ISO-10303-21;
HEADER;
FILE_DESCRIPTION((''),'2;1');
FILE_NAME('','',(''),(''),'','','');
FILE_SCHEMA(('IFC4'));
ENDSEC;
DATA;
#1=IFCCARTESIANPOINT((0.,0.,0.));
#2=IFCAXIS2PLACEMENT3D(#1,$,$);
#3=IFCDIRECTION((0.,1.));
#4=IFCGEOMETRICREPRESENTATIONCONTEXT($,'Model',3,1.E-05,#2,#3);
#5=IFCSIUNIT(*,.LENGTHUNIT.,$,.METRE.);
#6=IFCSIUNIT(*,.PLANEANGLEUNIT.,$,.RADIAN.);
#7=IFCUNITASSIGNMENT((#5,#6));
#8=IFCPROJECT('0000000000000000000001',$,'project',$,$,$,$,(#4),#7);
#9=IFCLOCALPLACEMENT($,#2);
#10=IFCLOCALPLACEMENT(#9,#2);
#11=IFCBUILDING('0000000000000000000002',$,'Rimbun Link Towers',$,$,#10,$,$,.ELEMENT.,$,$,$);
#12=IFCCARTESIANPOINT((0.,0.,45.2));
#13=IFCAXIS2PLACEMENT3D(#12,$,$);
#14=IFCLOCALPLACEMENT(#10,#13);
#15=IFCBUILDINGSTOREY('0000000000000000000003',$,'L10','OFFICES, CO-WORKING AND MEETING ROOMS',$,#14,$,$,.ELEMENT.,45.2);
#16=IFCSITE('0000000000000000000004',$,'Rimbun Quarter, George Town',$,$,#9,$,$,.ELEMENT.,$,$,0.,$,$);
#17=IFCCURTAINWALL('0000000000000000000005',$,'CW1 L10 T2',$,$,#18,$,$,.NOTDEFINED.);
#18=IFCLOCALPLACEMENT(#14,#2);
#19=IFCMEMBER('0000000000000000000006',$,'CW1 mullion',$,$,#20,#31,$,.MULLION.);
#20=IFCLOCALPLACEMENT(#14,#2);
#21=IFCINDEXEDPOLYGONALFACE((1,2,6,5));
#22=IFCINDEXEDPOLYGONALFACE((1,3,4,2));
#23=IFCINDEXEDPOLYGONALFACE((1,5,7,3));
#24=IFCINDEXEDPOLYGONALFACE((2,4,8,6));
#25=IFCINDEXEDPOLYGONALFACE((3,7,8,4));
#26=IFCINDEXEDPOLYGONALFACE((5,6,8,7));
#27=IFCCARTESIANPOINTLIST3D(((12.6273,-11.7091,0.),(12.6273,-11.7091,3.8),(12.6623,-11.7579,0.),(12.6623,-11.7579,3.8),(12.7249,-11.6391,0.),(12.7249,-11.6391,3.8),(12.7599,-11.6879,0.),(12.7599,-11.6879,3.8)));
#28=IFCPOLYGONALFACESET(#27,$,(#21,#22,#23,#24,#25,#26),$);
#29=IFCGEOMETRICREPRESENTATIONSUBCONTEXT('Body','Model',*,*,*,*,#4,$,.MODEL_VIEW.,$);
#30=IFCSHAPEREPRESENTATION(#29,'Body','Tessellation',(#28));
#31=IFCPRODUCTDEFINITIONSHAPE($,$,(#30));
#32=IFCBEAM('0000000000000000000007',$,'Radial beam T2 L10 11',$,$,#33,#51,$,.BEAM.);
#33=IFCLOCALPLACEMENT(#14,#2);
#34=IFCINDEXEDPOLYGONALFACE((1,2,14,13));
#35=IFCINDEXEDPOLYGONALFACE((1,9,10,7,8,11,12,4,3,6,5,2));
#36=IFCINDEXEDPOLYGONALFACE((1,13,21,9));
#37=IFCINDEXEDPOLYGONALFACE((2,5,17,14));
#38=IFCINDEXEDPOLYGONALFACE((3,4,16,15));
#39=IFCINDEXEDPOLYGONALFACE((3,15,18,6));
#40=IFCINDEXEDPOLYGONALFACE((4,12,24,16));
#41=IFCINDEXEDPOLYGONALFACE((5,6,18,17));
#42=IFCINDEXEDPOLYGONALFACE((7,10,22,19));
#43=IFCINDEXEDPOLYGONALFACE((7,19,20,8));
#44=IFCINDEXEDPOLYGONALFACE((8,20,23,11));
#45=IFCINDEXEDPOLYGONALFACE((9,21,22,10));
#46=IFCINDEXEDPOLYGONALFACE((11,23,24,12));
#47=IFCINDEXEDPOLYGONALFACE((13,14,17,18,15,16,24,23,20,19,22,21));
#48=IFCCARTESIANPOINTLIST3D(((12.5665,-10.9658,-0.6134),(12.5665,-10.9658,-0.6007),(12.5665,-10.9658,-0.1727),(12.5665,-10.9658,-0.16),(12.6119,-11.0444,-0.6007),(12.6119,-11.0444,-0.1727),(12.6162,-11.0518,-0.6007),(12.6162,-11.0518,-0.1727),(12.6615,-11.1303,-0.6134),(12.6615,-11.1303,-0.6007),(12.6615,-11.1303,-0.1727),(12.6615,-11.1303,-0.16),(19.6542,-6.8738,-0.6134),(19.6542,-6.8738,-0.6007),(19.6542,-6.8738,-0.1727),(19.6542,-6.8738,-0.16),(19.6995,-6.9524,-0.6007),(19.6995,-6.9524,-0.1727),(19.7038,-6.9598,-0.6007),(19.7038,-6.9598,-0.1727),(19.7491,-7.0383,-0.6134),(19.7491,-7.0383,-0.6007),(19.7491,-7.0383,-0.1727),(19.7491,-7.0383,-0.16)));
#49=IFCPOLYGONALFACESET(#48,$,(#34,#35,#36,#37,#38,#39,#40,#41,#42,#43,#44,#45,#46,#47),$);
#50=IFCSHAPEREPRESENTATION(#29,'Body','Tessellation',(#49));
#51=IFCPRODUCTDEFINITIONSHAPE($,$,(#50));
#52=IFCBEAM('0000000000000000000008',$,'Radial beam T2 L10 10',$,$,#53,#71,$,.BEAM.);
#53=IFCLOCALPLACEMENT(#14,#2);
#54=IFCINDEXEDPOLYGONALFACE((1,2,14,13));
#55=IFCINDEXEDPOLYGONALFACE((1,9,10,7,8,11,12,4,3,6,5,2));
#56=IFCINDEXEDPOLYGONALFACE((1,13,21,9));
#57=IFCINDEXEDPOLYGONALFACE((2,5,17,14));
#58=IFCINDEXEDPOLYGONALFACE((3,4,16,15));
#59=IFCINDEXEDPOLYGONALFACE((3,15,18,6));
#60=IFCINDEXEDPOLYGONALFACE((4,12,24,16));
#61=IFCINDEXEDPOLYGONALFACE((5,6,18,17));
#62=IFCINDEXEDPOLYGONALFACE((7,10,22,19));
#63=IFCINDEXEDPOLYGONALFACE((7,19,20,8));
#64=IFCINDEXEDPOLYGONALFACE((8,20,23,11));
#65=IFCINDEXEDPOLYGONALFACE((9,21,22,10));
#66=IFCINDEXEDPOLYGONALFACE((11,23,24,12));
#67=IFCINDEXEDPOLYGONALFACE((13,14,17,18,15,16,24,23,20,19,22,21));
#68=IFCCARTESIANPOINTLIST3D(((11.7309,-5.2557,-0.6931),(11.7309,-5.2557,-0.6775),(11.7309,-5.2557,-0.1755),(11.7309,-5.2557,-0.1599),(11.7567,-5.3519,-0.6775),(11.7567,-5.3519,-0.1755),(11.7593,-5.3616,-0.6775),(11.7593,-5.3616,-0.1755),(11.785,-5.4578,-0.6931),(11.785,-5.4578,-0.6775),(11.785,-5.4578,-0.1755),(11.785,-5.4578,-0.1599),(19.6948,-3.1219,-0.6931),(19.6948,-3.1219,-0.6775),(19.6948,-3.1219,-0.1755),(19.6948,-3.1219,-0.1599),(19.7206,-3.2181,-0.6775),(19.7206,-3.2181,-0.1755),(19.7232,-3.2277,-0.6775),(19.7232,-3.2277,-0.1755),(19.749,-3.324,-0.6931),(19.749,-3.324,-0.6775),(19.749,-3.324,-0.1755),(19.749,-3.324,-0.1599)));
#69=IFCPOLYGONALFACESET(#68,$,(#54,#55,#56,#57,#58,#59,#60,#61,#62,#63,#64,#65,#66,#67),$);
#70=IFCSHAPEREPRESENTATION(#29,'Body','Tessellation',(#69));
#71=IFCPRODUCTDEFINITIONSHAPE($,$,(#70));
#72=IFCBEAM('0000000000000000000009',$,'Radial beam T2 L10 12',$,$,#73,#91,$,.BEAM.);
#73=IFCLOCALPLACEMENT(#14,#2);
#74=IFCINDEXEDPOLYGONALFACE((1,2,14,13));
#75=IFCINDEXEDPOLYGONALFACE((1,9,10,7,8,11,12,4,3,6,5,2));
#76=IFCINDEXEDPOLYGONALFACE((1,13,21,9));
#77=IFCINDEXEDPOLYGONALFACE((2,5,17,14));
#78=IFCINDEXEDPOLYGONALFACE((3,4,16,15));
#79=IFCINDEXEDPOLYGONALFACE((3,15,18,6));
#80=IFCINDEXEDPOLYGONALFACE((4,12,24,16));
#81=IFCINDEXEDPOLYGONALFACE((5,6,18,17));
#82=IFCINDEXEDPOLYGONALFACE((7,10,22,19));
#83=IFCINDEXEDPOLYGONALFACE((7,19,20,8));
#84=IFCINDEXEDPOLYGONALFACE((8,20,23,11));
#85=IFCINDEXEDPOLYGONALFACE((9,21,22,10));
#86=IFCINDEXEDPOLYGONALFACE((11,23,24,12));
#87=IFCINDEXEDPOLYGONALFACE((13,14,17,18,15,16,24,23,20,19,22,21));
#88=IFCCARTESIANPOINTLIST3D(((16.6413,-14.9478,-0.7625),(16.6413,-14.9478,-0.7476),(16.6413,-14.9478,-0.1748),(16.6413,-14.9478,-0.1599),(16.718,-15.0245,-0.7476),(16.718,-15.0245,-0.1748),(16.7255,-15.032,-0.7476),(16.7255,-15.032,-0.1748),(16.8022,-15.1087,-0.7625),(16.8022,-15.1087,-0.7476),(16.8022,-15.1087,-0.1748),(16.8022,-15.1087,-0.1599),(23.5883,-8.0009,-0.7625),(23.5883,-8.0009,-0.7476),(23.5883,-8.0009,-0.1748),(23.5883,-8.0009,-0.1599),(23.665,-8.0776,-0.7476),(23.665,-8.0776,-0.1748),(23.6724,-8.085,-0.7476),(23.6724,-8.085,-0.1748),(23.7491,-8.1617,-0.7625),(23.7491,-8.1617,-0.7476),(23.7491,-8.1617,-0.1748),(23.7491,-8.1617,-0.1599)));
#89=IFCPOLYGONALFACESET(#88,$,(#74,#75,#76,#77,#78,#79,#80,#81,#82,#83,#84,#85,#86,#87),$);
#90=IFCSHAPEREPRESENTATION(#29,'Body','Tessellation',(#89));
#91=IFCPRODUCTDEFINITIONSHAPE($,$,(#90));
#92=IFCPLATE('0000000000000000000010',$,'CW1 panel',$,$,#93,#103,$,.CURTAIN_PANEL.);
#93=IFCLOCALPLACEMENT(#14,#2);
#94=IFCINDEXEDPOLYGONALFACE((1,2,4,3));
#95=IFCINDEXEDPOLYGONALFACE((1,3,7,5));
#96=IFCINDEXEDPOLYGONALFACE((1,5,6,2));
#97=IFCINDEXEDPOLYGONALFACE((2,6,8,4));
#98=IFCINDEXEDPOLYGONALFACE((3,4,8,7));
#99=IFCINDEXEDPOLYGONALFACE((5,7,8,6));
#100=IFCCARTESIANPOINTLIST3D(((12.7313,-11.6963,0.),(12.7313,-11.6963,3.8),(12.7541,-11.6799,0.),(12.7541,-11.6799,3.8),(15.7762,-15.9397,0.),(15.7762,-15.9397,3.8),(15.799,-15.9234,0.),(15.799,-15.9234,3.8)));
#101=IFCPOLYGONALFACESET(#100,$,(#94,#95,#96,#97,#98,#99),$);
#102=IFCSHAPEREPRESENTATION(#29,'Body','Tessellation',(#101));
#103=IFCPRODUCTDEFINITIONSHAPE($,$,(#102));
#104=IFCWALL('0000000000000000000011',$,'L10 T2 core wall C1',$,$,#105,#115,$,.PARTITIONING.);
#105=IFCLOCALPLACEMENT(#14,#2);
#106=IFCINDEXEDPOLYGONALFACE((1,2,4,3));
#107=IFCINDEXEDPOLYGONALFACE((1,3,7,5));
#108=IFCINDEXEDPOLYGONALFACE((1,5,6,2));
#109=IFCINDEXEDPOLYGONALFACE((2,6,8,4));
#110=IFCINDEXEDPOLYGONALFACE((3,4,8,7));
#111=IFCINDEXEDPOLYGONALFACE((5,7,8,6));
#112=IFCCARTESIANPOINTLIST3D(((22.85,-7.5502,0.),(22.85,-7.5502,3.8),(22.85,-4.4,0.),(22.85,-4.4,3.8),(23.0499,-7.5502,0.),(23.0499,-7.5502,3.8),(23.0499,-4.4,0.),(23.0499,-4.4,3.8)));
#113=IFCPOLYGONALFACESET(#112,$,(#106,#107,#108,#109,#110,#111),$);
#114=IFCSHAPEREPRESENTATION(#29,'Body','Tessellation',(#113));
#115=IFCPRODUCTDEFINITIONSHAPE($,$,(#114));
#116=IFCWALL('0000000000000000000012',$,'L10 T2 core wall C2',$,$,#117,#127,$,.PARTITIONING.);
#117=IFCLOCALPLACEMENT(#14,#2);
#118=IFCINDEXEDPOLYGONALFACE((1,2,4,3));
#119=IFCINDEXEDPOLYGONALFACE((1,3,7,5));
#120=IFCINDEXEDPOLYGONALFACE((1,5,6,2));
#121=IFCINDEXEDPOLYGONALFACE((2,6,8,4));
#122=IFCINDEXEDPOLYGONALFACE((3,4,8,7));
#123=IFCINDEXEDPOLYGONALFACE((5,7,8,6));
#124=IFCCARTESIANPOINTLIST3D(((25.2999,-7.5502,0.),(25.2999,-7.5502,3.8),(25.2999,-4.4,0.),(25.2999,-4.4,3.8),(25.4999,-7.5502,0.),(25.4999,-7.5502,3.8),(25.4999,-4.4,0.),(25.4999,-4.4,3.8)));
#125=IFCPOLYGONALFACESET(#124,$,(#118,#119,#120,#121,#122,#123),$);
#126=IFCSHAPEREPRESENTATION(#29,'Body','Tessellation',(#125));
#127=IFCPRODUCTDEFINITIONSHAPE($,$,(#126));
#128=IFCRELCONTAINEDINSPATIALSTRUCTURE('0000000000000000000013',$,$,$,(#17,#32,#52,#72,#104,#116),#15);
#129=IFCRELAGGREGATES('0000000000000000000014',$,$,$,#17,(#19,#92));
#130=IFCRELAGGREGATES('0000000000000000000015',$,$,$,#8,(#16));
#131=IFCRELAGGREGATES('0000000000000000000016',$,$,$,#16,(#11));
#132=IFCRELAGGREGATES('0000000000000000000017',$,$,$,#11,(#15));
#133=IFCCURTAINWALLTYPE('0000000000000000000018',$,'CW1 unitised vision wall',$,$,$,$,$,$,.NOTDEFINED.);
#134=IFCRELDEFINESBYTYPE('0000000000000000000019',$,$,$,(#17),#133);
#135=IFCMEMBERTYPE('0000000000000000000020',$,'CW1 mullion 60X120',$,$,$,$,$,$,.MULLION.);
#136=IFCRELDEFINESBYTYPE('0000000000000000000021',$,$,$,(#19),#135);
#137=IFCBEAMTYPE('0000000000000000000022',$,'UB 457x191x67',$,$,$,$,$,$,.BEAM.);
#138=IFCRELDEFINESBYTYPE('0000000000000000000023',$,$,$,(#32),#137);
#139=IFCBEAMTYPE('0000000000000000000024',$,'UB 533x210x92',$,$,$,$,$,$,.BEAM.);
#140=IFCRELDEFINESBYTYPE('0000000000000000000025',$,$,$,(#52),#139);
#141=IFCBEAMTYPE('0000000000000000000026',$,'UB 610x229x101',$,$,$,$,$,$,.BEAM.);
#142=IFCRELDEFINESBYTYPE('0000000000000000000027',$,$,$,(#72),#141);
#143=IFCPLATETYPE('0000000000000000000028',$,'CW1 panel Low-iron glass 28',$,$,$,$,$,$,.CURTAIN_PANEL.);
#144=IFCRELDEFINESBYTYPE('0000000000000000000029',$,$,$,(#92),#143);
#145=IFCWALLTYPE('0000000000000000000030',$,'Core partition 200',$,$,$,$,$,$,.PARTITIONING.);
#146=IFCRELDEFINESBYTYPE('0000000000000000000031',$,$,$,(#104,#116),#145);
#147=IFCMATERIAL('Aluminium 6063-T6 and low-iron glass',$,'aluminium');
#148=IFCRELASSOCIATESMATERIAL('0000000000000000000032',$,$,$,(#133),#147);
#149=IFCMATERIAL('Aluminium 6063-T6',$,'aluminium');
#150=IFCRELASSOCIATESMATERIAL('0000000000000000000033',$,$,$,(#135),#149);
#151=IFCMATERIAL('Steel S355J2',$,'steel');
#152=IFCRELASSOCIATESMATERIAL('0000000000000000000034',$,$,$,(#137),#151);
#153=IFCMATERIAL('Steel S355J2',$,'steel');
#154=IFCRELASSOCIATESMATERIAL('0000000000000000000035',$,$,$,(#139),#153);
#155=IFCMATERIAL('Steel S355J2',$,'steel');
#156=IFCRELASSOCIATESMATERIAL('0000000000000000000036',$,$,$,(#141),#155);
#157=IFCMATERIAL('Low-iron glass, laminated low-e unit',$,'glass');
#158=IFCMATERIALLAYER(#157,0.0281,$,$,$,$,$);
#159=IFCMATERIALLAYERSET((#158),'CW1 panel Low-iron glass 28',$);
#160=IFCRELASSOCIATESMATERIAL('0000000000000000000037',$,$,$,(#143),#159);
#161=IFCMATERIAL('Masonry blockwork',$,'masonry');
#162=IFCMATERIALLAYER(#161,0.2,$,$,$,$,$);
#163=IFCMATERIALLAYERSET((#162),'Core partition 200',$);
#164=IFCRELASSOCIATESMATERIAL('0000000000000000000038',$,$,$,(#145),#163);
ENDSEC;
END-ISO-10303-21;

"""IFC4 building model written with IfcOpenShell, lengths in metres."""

from ifc_helpers import new_model, si_unit, direction, frame, frame_2d, origin, origin_2d, place, context, subcontext, project, spatial, rectangle, i_section, extrude, material, layer, layer_set, material_profile, profile_set, type_object, element, aggregate, save


model = new_model("IFC4")

# Units and contexts
model_context = context("Model", 3, precision=1e-05, world=origin(), true_north=direction((0.0, 1.0)))
body_context = subcontext(model_context, "Body", "Model", "MODEL_VIEW")
ifc_project = project(units=[si_unit("LENGTHUNIT", "METRE"), si_unit("PLANEANGLEUNIT", "RADIAN")], contexts=[model_context])

# Site, building, storey
site_placement = place(None, origin())
site = spatial("IfcSite", under=ifc_project, at=site_placement, Name="Rimbun Quarter, George Town", CompositionType="ELEMENT", RefElevation=0.0)
building_placement = place(site_placement, origin())
building = spatial("IfcBuilding", under=site, at=building_placement, Name="Rimbun Link Towers", CompositionType="ELEMENT")
storey_placement = place(building_placement, frame((0.0, 0.0, 45.2)))
storey = spatial("IfcBuildingStorey", under=building, at=storey_placement, Name="L10", Description="OFFICES, CO-WORKING AND MEETING ROOMS", CompositionType="ELEMENT", Elevation=45.2)

# Curtain wall, member
ifc_material_1 = material(Name="Aluminium 6063-T6 and low-iron glass", Category="aluminium")
curtain_wall_type = type_object("IfcCurtainWallType", Name="CW1 unitised vision wall", PredefinedType="NOTDEFINED", material=ifc_material_1)
curtain_wall_placement = place(storey_placement, origin())
curtain_wall = element("IfcCurtainWall", 1, at=curtain_wall_placement, inside=storey, type_object=curtain_wall_type, Name="CW1 L10 T2", PredefinedType="NOTDEFINED")
ifc_material_2 = material(Name="Aluminium 6063-T6", Category="aluminium")
ifc_material_profile_1 = material_profile(ifc_material_2, rectangle(XDim=0.1201, YDim=0.0601, at=origin_2d()), Name="MULLION 60X120")
ifc_profile_set_1 = profile_set([ifc_material_profile_1], Name="Aluminium 6063-T6")
member_type = type_object("IfcMemberType", Name="CW1 mullion 60X120", PredefinedType="MULLION", material=ifc_profile_set_1)
member_placement = place(storey_placement, frame((12.6936, -11.6985, 0.0), z_axis=(0.0, 0.0, 1.0), x_axis=(-0.812475, -0.582996, 0.0)))
member = element("IfcMember", 2, at=member_placement, type_object=member_type, Name="CW1 mullion", PredefinedType="MULLION", context=body_context, shape_type="SweptSolid", body=[
    extrude(rectangle(XDim=0.1201, YDim=0.0601, at=origin_2d()), origin(), (0.0, 0.0, 1.0), 3.8),
])

# Beams
ifc_material_3 = material(Name="Steel S355J2", Category="steel")
ifc_material_profile_2 = material_profile(ifc_material_3, i_section(OverallWidth=0.1899, OverallDepth=0.4534, WebThickness=0.0085, FlangeThickness=0.0127, at=origin_2d()), Name="UB 457x191x67")
ifc_profile_set_2 = profile_set([ifc_material_profile_2], Name="Steel S355J2")
beam_type_1 = type_object("IfcBeamType", Name="UB 457x191x67", PredefinedType="BEAM", material=ifc_profile_set_2)
beam_1_placement = place(storey_placement, frame((19.7017, -6.9561, -0.3867), z_axis=(-0.866026, -0.499999, 0.0), x_axis=(0.499999, -0.866026, 0.0)))
element("IfcBeam", 3, at=beam_1_placement, inside=storey, type_object=beam_type_1, Name="Radial beam T2 L10 11", PredefinedType="BEAM", context=body_context, shape_type="SweptSolid", body=[
    extrude(i_section(OverallWidth=0.1899, OverallDepth=0.4534, WebThickness=0.0085, FlangeThickness=0.0127, at=origin_2d()), origin(), (0.0, 0.0, 1.0), 8.1841),
])
ifc_material_4 = material(Name="Steel S355J2", Category="steel")
ifc_material_profile_3 = material_profile(ifc_material_4, i_section(OverallWidth=0.2092, OverallDepth=0.5332, WebThickness=0.01, FlangeThickness=0.0156, at=origin_2d()), Name="UB 533x210x92")
ifc_profile_set_3 = profile_set([ifc_material_profile_3], Name="Steel S355J2")
beam_type_2 = type_object("IfcBeamType", Name="UB 533x210x92", PredefinedType="BEAM", material=ifc_profile_set_3)
beam_2_placement = place(storey_placement, frame((19.7219, -3.2229, -0.4265), z_axis=(-0.96593, -0.258805, 0.0), x_axis=(0.258805, -0.96593, 0.0)))
element("IfcBeam", 4, at=beam_2_placement, inside=storey, type_object=beam_type_2, Name="Radial beam T2 L10 10", PredefinedType="BEAM", context=body_context, shape_type="SweptSolid", body=[
    extrude(i_section(OverallWidth=0.2092, OverallDepth=0.5332, WebThickness=0.01, FlangeThickness=0.0156, at=origin_2d()), origin(), (0.0, 0.0, 1.0), 8.2449),
])
ifc_material_5 = material(Name="Steel S355J2", Category="steel")
ifc_material_profile_4 = material_profile(ifc_material_5, i_section(OverallWidth=0.2275, OverallDepth=0.6025, WebThickness=0.0105, FlangeThickness=0.0149, at=origin_2d()), Name="UB 610x229x101")
ifc_profile_set_4 = profile_set([ifc_material_profile_4], Name="Steel S355J2")
beam_type_3 = type_object("IfcBeamType", Name="UB 610x229x101", PredefinedType="BEAM", material=ifc_profile_set_4)
beam_3_placement = place(storey_placement, frame((23.6687, -8.0813, -0.4612), z_axis=(-0.707107, -0.707107, 0.0), x_axis=(0.707107, -0.707107, 0.0)))
element("IfcBeam", 5, at=beam_3_placement, inside=storey, type_object=beam_type_3, Name="Radial beam T2 L10 12", PredefinedType="BEAM", context=body_context, shape_type="SweptSolid", body=[
    extrude(i_section(OverallWidth=0.2275, OverallDepth=0.6025, WebThickness=0.0105, FlangeThickness=0.0149, at=origin_2d()), origin(), (0.0, 0.0, 1.0), 9.8245),
])

# Plate
ifc_material_6 = material(Name="Low-iron glass, laminated low-e unit", Category="glass")
ifc_layer_1 = layer(ifc_material_6, 0.0281)
ifc_layer_set_1 = layer_set([ifc_layer_1], Name="CW1 panel Low-iron glass 28")
plate_type = type_object("IfcPlateType", Name="CW1 panel Low-iron glass 28", PredefinedType="CURTAIN_PANEL", material=ifc_layer_set_1)
plate_placement = place(storey_placement, frame((14.2651, -13.8098, 0.0), z_axis=(0.0, 0.0, 1.0), x_axis=(-0.582996, 0.812475, 0.0)))
plate = element("IfcPlate", 6, at=plate_placement, type_object=plate_type, Name="CW1 panel", PredefinedType="CURTAIN_PANEL", context=body_context, shape_type="SweptSolid", body=[
    extrude(rectangle(XDim=5.2229, YDim=0.0281, at=origin_2d()), origin(), (0.0, 0.0, 1.0), 3.8),
])
aggregate(curtain_wall, [member, plate])

# Walls
ifc_material_7 = material(Name="Masonry blockwork", Category="masonry")
ifc_layer_2 = layer(ifc_material_7, 0.2)
ifc_layer_set_2 = layer_set([ifc_layer_2], Name="Core partition 200")
wall_type_1 = type_object("IfcWallType", Name="Core partition 200", PredefinedType="PARTITIONING", material=ifc_layer_set_2)
for number, where, z_axis, x_axis, name in (
    (7, (22.95, -4.3999, 0.0), (0.0, 0.0, 1.0), (0.0, -1.0, 0.0), "L10 T2 core wall C1"),
    (8, (25.3999, -4.3999, 0.0), (0.0, 0.0, 1.0), (0.0, -1.0, 0.0), "L10 T2 core wall C2"),
):
    element("IfcWall", number, at=place(storey_placement, frame(where, z_axis=z_axis, x_axis=x_axis)), inside=storey, type_object=wall_type_1, Name=name, PredefinedType="PARTITIONING", context=body_context, shape_type="SweptSolid", body=[
        extrude(rectangle(XDim=3.1501, YDim=0.2, at=frame_2d((1.5752, 0.0))), origin(), (0.0, 0.0, 1.0), 3.8),
    ])

save(model, "model.ifc")
